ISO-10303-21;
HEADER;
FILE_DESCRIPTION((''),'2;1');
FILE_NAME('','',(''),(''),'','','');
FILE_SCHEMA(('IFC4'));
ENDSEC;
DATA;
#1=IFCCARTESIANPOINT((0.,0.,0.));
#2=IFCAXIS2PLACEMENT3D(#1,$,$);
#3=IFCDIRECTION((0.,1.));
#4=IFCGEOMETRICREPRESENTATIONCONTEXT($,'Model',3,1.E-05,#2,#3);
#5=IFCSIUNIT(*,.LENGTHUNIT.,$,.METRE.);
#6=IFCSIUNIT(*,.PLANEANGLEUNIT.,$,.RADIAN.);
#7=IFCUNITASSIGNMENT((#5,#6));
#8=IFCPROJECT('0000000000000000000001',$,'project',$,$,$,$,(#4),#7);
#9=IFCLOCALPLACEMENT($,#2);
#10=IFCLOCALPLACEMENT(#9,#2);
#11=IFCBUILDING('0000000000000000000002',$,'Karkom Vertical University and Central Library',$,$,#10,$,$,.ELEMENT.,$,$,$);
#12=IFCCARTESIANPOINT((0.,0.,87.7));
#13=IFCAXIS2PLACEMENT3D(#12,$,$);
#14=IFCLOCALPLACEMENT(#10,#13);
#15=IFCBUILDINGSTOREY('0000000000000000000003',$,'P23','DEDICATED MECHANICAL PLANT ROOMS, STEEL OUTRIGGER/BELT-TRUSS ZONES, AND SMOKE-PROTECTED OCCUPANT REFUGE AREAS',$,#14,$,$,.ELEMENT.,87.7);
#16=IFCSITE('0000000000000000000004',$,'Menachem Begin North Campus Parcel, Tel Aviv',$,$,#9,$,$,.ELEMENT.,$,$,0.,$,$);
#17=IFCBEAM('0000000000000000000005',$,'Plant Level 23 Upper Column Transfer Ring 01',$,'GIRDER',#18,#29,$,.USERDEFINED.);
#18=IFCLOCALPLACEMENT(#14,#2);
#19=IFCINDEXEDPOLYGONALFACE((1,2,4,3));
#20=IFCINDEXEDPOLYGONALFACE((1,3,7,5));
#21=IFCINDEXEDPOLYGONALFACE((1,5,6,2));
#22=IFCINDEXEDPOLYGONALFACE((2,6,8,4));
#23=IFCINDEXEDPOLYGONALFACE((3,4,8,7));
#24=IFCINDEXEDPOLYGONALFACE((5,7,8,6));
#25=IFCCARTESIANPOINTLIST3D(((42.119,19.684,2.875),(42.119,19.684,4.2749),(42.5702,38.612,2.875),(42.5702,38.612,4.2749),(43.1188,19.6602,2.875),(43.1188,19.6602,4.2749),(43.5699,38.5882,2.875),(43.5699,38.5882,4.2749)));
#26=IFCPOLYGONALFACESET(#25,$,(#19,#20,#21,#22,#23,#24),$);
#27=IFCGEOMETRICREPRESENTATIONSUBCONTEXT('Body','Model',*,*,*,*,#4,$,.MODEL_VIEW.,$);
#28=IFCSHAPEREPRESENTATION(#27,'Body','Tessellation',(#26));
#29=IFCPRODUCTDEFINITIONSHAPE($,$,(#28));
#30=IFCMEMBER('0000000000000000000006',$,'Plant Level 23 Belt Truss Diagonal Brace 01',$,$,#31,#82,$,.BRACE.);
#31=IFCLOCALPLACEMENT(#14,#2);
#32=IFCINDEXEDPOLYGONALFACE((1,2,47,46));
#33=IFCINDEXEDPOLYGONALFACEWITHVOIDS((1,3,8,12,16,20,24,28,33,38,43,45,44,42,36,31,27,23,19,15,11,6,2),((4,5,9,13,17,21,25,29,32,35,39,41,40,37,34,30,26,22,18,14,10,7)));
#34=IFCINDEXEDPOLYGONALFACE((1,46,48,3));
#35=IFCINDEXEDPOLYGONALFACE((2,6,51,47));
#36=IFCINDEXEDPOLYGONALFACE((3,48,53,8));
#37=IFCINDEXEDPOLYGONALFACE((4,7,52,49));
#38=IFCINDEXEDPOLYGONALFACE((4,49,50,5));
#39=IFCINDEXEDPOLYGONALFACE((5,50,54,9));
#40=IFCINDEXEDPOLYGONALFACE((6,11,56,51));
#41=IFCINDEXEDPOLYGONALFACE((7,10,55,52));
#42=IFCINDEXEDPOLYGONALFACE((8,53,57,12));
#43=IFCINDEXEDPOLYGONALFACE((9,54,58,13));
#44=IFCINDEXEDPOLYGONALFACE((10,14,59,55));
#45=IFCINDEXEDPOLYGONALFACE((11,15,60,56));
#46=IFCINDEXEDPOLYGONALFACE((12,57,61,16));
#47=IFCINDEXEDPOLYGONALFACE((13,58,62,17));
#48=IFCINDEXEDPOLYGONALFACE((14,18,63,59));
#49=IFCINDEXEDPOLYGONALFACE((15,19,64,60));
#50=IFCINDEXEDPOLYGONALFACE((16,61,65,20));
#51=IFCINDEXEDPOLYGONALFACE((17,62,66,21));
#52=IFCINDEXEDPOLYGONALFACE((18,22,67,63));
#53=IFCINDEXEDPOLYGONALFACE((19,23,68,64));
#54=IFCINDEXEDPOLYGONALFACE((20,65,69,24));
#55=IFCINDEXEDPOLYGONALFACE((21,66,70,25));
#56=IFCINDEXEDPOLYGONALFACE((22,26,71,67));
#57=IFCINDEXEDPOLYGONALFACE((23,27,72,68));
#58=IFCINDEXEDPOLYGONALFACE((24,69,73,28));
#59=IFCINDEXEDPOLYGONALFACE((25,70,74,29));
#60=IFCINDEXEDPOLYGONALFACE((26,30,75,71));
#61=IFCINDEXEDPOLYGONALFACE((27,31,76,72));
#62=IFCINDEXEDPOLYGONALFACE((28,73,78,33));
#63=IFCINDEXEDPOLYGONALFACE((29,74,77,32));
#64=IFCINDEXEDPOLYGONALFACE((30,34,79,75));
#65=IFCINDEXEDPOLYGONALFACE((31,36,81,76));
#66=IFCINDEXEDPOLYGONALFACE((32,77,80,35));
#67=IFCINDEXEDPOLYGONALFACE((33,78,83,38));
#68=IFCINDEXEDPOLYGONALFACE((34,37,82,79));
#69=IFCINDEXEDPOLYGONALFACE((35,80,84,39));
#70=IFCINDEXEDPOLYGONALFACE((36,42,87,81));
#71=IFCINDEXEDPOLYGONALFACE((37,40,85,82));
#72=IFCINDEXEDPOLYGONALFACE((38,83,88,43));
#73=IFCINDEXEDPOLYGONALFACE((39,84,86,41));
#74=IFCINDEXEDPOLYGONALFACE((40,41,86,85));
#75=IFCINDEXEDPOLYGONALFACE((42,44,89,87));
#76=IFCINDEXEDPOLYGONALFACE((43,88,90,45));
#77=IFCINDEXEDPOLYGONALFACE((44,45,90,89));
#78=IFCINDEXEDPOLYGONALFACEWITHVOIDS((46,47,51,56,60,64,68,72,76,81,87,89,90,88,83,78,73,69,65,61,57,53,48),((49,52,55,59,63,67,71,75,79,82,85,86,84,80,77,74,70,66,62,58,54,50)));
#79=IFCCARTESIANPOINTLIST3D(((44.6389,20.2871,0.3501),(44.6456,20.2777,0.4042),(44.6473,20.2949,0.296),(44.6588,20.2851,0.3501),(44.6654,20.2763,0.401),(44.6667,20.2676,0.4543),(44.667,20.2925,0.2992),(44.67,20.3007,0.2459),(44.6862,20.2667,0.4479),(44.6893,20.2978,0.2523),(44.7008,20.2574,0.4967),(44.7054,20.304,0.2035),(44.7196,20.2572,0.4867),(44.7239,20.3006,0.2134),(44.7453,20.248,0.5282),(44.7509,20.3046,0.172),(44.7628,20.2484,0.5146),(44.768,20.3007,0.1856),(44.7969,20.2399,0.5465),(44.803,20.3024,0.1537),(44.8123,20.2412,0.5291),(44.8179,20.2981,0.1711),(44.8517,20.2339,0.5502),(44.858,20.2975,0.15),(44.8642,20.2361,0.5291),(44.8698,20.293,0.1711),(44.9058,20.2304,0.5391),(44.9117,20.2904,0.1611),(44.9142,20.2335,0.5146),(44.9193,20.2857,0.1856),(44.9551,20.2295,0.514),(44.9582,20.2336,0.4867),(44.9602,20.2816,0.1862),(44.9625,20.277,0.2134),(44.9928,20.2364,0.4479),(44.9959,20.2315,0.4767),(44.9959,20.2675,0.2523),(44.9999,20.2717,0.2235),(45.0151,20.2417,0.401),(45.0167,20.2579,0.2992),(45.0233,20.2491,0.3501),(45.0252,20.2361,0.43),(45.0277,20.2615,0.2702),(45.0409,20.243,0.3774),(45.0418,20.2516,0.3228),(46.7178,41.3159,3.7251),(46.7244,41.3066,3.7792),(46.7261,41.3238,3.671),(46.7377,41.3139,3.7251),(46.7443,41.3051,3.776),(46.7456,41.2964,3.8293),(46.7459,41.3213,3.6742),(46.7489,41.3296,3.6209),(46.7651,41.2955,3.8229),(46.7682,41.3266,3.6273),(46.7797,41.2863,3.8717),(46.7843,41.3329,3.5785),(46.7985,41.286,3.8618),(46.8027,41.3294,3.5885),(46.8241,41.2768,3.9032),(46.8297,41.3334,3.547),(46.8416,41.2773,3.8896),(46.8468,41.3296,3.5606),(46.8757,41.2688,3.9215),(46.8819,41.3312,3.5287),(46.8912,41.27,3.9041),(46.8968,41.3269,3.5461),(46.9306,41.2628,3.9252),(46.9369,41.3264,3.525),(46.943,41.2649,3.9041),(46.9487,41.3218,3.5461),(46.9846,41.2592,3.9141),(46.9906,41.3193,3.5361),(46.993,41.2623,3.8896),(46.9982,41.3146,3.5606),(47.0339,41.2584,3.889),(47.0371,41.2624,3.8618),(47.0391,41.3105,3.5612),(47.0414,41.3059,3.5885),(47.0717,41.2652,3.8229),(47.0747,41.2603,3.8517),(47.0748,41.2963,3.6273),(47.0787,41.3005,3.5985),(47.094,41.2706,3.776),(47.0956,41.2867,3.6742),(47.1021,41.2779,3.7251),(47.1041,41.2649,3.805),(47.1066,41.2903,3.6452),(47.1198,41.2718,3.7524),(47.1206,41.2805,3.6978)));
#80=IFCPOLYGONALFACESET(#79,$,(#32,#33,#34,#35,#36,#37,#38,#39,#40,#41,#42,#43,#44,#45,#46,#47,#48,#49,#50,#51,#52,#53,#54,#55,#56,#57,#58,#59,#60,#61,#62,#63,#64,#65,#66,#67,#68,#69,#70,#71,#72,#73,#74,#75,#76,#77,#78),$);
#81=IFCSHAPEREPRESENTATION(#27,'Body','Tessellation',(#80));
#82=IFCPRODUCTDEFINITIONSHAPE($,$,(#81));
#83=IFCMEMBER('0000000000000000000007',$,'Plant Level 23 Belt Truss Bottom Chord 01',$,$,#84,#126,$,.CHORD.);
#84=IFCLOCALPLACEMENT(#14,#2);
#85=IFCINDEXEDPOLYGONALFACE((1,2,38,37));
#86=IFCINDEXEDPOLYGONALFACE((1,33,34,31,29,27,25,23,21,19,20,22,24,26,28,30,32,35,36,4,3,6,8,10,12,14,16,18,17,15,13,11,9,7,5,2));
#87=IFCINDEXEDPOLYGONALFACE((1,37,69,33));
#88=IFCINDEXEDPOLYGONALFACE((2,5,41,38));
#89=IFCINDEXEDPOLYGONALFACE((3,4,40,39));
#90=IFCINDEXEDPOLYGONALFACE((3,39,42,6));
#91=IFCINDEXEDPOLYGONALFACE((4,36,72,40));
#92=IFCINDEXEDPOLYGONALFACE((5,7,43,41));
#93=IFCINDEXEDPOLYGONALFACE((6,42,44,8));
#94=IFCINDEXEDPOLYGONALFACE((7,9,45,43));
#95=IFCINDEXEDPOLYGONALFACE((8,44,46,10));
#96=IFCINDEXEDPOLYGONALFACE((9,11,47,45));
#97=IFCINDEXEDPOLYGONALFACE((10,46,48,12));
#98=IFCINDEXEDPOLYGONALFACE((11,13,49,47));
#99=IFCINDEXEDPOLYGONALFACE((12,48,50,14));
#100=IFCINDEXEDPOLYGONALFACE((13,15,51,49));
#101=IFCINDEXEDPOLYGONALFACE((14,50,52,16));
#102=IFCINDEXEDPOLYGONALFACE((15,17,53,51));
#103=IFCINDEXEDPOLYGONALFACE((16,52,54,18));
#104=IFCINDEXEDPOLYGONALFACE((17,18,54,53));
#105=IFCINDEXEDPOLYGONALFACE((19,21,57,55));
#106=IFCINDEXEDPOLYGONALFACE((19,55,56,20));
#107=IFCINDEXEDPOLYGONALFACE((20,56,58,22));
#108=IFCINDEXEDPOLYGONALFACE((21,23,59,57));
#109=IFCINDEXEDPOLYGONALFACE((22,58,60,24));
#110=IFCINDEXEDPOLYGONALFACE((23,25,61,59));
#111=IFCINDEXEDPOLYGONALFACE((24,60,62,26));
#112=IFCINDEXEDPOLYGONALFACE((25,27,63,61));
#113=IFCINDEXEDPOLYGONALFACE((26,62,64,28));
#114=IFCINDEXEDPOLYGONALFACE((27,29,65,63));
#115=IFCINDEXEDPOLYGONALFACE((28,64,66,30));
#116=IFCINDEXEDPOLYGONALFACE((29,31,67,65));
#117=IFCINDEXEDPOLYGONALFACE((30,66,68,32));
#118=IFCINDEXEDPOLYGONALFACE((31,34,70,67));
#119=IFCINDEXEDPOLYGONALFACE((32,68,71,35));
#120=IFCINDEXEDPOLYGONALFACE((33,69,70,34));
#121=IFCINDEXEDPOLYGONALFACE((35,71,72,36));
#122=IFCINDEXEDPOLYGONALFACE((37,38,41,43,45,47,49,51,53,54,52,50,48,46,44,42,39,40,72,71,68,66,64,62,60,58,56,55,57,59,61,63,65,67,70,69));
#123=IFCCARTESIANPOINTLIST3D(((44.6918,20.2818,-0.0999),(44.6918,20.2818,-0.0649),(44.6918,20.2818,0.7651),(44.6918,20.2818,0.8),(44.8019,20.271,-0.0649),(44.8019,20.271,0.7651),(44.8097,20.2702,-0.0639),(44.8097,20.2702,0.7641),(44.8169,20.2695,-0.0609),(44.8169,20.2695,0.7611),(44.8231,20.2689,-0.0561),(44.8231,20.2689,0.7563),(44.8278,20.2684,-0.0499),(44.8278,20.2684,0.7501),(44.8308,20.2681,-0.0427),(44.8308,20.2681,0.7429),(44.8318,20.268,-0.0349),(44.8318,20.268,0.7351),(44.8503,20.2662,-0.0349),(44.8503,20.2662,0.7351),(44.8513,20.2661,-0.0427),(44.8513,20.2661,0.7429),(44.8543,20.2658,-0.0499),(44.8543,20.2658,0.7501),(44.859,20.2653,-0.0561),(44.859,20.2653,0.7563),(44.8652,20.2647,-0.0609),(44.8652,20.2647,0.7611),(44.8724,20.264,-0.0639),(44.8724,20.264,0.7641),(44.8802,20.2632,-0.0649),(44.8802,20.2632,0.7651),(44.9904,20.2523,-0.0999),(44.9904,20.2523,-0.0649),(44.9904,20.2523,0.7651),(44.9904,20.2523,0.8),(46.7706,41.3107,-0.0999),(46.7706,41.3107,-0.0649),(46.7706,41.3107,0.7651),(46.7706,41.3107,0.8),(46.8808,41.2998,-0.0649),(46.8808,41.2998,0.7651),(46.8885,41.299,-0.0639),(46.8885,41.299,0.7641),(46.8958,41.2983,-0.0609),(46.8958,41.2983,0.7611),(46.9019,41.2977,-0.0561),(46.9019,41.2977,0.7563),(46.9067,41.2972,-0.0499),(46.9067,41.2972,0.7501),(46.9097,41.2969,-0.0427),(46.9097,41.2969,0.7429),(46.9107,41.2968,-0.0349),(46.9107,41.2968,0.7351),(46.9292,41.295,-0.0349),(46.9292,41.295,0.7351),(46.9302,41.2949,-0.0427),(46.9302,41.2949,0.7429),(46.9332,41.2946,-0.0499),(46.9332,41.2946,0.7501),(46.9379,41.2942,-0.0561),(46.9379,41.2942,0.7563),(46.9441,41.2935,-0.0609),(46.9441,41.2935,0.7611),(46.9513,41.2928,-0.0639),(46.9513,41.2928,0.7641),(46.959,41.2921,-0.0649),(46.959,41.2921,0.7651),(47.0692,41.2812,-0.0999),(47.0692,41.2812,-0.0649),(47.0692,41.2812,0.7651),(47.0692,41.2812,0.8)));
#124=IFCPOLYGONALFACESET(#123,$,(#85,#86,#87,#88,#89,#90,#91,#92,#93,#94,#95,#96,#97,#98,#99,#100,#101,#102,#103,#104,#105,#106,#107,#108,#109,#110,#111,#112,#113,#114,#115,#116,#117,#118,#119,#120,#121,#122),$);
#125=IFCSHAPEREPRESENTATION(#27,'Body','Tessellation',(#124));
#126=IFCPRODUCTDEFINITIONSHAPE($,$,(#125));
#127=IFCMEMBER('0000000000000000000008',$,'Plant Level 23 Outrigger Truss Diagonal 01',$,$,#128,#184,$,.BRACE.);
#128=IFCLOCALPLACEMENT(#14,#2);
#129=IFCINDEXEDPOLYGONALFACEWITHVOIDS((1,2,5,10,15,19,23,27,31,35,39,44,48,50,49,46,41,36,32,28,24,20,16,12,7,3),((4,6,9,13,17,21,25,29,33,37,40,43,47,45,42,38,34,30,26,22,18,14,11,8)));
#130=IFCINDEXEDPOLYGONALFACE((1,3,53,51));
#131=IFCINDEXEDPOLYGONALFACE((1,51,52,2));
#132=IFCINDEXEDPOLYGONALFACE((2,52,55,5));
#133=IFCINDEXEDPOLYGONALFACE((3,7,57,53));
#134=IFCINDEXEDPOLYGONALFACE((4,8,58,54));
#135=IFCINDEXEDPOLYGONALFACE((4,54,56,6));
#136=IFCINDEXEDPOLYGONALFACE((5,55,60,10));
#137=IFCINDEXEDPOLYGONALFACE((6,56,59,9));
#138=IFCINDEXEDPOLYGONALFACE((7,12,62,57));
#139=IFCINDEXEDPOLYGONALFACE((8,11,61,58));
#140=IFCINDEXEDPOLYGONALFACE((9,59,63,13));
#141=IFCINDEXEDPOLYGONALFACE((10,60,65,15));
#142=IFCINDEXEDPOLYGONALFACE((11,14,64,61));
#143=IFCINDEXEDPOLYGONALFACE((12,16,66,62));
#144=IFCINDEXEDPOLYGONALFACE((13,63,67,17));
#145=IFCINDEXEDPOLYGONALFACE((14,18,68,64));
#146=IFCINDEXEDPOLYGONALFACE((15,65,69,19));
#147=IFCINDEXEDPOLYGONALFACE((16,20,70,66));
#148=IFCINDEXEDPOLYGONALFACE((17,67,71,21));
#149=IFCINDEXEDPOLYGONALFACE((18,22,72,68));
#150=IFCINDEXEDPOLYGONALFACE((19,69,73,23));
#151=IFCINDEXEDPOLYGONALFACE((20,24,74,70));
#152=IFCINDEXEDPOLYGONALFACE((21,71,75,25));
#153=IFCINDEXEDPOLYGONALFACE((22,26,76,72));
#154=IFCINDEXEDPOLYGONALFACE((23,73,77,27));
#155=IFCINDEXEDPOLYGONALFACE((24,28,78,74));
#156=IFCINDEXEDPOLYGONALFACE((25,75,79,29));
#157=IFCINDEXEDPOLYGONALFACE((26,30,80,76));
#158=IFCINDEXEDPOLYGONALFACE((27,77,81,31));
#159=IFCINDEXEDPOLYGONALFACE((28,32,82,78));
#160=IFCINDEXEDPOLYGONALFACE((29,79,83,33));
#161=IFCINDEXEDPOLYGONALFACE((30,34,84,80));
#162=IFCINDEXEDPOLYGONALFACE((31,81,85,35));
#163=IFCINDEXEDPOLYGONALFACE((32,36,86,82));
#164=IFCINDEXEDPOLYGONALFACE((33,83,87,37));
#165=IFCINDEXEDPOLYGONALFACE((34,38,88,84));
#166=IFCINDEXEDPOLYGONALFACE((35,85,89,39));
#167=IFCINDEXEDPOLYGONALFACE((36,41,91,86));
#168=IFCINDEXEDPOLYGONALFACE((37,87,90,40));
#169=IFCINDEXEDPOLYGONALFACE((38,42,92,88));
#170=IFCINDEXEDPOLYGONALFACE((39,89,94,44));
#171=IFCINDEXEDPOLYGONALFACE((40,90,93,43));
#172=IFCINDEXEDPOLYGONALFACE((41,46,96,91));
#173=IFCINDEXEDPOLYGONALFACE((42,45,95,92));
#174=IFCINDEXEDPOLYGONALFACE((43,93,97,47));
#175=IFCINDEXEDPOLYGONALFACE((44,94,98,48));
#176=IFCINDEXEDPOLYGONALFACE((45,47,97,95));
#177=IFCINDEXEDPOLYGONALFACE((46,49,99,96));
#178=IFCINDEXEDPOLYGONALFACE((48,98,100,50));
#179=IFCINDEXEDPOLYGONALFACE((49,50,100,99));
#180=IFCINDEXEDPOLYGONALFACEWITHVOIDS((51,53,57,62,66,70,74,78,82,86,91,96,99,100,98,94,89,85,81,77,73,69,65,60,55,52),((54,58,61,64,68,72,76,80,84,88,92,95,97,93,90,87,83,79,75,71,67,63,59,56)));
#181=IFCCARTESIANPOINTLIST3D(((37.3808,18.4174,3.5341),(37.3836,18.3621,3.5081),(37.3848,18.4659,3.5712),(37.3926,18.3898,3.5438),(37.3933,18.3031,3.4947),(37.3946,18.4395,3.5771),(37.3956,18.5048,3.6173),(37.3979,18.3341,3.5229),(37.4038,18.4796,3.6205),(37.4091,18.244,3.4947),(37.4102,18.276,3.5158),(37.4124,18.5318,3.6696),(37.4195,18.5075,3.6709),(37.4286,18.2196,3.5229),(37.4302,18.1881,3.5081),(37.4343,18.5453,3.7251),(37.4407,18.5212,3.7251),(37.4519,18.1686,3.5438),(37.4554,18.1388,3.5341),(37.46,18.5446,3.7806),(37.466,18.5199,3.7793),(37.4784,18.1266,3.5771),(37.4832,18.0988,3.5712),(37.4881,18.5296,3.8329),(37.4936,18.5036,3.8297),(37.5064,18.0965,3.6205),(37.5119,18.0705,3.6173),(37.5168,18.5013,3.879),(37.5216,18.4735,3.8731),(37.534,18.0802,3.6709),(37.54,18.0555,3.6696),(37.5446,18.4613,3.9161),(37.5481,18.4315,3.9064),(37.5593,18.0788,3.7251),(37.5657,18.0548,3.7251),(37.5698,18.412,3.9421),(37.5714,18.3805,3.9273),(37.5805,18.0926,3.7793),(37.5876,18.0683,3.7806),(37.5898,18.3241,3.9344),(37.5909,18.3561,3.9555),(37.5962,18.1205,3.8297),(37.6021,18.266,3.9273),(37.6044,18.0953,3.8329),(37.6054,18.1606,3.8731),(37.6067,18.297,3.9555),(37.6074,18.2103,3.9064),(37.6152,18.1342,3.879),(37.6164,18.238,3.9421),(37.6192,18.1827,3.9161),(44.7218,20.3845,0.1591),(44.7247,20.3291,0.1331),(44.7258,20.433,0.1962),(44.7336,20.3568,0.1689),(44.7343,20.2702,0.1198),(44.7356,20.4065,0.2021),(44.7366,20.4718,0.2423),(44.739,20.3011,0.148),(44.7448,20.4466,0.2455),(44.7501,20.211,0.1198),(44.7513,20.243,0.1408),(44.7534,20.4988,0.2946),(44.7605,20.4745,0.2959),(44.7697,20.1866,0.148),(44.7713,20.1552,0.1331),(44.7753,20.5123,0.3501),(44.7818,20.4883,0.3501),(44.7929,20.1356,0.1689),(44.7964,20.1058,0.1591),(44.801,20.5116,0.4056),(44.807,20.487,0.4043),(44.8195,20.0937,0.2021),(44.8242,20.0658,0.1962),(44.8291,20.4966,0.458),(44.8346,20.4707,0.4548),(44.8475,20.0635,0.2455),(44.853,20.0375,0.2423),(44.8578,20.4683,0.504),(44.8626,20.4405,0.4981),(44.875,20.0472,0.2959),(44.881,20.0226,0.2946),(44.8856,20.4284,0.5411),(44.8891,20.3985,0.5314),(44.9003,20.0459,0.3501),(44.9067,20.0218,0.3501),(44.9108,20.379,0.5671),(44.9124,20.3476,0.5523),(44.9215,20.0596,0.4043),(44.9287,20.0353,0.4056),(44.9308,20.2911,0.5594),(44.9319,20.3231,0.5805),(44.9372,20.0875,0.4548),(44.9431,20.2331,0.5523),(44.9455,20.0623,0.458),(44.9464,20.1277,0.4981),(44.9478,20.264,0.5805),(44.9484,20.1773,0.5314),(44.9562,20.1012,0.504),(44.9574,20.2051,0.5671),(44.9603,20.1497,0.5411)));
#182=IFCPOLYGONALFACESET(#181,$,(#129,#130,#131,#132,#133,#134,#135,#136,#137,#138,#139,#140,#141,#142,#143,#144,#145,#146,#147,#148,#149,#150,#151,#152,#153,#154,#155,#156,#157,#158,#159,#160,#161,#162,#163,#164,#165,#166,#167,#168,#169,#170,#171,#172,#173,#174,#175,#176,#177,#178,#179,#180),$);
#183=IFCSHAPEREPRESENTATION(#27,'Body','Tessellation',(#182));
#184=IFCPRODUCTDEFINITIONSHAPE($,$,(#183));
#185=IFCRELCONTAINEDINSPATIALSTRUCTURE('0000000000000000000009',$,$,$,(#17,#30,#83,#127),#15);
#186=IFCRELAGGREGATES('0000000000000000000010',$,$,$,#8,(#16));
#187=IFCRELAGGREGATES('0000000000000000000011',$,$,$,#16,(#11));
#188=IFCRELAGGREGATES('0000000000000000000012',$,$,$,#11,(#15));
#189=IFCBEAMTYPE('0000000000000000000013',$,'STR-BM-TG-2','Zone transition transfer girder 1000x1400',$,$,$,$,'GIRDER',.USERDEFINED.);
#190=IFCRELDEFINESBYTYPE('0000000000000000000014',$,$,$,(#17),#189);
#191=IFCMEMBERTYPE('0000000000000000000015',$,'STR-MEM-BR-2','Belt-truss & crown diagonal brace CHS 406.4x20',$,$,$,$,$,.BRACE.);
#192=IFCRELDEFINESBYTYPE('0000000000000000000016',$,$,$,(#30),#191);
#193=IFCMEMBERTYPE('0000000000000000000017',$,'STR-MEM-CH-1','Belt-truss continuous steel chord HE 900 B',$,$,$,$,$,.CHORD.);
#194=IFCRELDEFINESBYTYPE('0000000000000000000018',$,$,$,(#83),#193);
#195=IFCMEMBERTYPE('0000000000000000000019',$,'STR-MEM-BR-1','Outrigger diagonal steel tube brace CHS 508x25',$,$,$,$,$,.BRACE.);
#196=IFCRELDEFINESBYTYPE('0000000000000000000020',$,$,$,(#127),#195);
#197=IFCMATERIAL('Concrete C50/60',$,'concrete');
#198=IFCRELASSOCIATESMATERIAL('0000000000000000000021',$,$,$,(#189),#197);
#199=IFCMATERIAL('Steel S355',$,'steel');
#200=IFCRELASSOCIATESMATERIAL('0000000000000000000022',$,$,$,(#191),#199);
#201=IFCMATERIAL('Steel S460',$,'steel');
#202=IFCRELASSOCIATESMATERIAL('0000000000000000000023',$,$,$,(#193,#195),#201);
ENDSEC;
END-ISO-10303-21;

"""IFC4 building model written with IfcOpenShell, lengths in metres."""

from ifc_helpers import new_model, si_unit, direction, frame, origin, origin_with_axes, origin_2d, place, context, subcontext, project, spatial, rectangle, hollow_circle, i_section, extrude, source, transform, mapped, material, material_profile, profile_set, type_object, element, save


model = new_model("IFC4")

# Units and contexts
model_context = context("Model", 3, precision=1e-05, world=origin(), true_north=direction((0.0, 1.0)))
body_context = subcontext(model_context, "Body", "Model", "MODEL_VIEW")
ifc_project = project(units=[si_unit("LENGTHUNIT", "METRE"), si_unit("PLANEANGLEUNIT", "RADIAN")], contexts=[model_context])

# Site, building, storey
site_placement = place(None, origin())
site = spatial("IfcSite", under=ifc_project, at=site_placement, Name="Menachem Begin North Campus Parcel, Tel Aviv", CompositionType="ELEMENT", RefElevation=0.0)
building_placement = place(site_placement, origin())
building = spatial("IfcBuilding", under=site, at=building_placement, Name="Karkom Vertical University and Central Library", CompositionType="ELEMENT")
storey_placement = place(building_placement, frame((0.0, 0.0, 87.7)))
storey = spatial("IfcBuildingStorey", under=building, at=storey_placement, Name="P23", Description="DEDICATED MECHANICAL PLANT ROOMS, STEEL OUTRIGGER/BELT-TRUSS ZONES, AND SMOKE-PROTECTED OCCUPANT REFUGE AREAS", CompositionType="ELEMENT", Elevation=87.7)

# Shared definitions
ifc_material_1 = material(Name="Concrete C50/60", Category="concrete")

# Beam
ifc_material_2 = material(Name="Steel S355", Category="steel")
ifc_material_3 = material(Name="Steel S460", Category="steel")
ifc_material_profile_1 = material_profile(ifc_material_1, rectangle(XDim=1.0, YDim=1.3999, at=origin_2d()), Name="TG-1000x1400")
ifc_profile_set_1 = profile_set([ifc_material_profile_1], Name="Concrete C50/60")
beam_type_1 = type_object("IfcBeamType", Name="STR-BM-TG-2", Description="Zone transition transfer girder 1000x1400", ElementType="GIRDER", PredefinedType="USERDEFINED", material=ifc_profile_set_1)
shared_shape_1 = source(origin_with_axes(), body_context, "Body", "SweptSolid", [
    extrude(rectangle(XDim=1.0, YDim=1.3999, at=origin_2d()), origin(), (0.0, 0.0, 1.0), 18.9333),
])
beam_1_placement = place(storey_placement, frame((42.6189, 19.6721, 3.575), z_axis=(0.023829, 0.999716, 0.0), x_axis=(-0.999716, 0.023829, 0.0)))
element("IfcBeam", 1, at=beam_1_placement, inside=storey, type_object=beam_type_1, Name="Plant Level 23 Upper Column Transfer Ring 01", ObjectType="GIRDER", PredefinedType="USERDEFINED", context=body_context, shape_type="MappedRepresentation", body=[
    mapped(shared_shape_1, transform((0.0, 0.0, 0.0), scale=1.0)),
])

# Members
ifc_material_profile_2 = material_profile(ifc_material_2, hollow_circle(Radius=0.2031, WallThickness=0.02, at=origin_2d()), Name="CHS 406.4x20")
ifc_profile_set_2 = profile_set([ifc_material_profile_2], Name="Steel S355")
member_type_1 = type_object("IfcMemberType", Name="STR-MEM-BR-2", Description="Belt-truss & crown diagonal brace CHS 406.4x20", PredefinedType="BRACE", material=ifc_profile_set_2)
shared_shape_2 = source(origin_with_axes(), body_context, "Body", "SweptSolid", [
    extrude(hollow_circle(Radius=0.2031, WallThickness=0.02, at=origin_2d()), origin(), (0.0, 0.0, 1.0), 21.3992),
])
member_1_placement = place(storey_placement, frame((44.8411, 20.2671, 0.3501), z_axis=(0.097147, 0.982694, 0.157717), x_axis=(-0.995149, 0.098378, 0.0)))
element("IfcMember", 2, at=member_1_placement, inside=storey, type_object=member_type_1, Name="Plant Level 23 Belt Truss Diagonal Brace 01", PredefinedType="BRACE", context=body_context, shape_type="MappedRepresentation", body=[
    mapped(shared_shape_2, transform((0.0, 0.0, 0.0), scale=1.0)),
])
ifc_material_profile_3 = material_profile(ifc_material_3, i_section(OverallWidth=0.3, OverallDepth=0.8999, WebThickness=0.0186, FlangeThickness=0.0349, FilletRadius=0.03, at=origin_2d()), Name="HE 900 B")
ifc_profile_set_3 = profile_set([ifc_material_profile_3], Name="Steel S460")
member_type_2 = type_object("IfcMemberType", Name="STR-MEM-CH-1", Description="Belt-truss continuous steel chord HE 900 B", PredefinedType="CHORD", material=ifc_profile_set_3)
shared_shape_3 = source(origin_with_axes(), body_context, "Body", "SweptSolid", [
    extrude(i_section(OverallWidth=0.3, OverallDepth=0.8999, WebThickness=0.0186, FlangeThickness=0.0349, FilletRadius=0.03, at=origin_2d()), origin(), (0.0, 0.0, 1.0), 21.1313),
])
member_2_placement = place(storey_placement, frame((44.8411, 20.2671, 0.3501), z_axis=(0.098378, 0.995149, 0.0), x_axis=(-0.995149, 0.098378, 0.0)))
element("IfcMember", 3, at=member_2_placement, inside=storey, type_object=member_type_2, Name="Plant Level 23 Belt Truss Bottom Chord 01", PredefinedType="CHORD", context=body_context, shape_type="MappedRepresentation", body=[
    mapped(shared_shape_3, transform((0.0, 0.0, 0.0), scale=1.0)),
])
ifc_material_profile_4 = material_profile(ifc_material_3, hollow_circle(Radius=0.2539, WallThickness=0.0249, at=origin_2d()), Name="CHS 508x25")
ifc_profile_set_4 = profile_set([ifc_material_profile_4], Name="Steel S460")
member_type_3 = type_object("IfcMemberType", Name="STR-MEM-BR-1", Description="Outrigger diagonal steel tube brace CHS 508x25", PredefinedType="BRACE", material=ifc_profile_set_4)
shared_shape_4 = source(origin_with_axes(), body_context, "Body", "SweptSolid", [
    extrude(hollow_circle(Radius=0.2539, WallThickness=0.0249, at=origin_2d()), origin(), (0.0, 0.0, 1.0), 8.3157),
])
member_3_placement = place(storey_placement, frame((37.5, 18.3, 3.7251), z_axis=(0.882794, 0.236545, -0.405858), x_axis=(-0.25882, 0.965926, 0.0)))
element("IfcMember", 4, at=member_3_placement, inside=storey, type_object=member_type_3, Name="Plant Level 23 Outrigger Truss Diagonal 01", PredefinedType="BRACE", context=body_context, shape_type="MappedRepresentation", body=[
    mapped(shared_shape_4, transform((0.0, 0.0, 0.0), scale=1.0)),
])

save(model, "model.ifc")
